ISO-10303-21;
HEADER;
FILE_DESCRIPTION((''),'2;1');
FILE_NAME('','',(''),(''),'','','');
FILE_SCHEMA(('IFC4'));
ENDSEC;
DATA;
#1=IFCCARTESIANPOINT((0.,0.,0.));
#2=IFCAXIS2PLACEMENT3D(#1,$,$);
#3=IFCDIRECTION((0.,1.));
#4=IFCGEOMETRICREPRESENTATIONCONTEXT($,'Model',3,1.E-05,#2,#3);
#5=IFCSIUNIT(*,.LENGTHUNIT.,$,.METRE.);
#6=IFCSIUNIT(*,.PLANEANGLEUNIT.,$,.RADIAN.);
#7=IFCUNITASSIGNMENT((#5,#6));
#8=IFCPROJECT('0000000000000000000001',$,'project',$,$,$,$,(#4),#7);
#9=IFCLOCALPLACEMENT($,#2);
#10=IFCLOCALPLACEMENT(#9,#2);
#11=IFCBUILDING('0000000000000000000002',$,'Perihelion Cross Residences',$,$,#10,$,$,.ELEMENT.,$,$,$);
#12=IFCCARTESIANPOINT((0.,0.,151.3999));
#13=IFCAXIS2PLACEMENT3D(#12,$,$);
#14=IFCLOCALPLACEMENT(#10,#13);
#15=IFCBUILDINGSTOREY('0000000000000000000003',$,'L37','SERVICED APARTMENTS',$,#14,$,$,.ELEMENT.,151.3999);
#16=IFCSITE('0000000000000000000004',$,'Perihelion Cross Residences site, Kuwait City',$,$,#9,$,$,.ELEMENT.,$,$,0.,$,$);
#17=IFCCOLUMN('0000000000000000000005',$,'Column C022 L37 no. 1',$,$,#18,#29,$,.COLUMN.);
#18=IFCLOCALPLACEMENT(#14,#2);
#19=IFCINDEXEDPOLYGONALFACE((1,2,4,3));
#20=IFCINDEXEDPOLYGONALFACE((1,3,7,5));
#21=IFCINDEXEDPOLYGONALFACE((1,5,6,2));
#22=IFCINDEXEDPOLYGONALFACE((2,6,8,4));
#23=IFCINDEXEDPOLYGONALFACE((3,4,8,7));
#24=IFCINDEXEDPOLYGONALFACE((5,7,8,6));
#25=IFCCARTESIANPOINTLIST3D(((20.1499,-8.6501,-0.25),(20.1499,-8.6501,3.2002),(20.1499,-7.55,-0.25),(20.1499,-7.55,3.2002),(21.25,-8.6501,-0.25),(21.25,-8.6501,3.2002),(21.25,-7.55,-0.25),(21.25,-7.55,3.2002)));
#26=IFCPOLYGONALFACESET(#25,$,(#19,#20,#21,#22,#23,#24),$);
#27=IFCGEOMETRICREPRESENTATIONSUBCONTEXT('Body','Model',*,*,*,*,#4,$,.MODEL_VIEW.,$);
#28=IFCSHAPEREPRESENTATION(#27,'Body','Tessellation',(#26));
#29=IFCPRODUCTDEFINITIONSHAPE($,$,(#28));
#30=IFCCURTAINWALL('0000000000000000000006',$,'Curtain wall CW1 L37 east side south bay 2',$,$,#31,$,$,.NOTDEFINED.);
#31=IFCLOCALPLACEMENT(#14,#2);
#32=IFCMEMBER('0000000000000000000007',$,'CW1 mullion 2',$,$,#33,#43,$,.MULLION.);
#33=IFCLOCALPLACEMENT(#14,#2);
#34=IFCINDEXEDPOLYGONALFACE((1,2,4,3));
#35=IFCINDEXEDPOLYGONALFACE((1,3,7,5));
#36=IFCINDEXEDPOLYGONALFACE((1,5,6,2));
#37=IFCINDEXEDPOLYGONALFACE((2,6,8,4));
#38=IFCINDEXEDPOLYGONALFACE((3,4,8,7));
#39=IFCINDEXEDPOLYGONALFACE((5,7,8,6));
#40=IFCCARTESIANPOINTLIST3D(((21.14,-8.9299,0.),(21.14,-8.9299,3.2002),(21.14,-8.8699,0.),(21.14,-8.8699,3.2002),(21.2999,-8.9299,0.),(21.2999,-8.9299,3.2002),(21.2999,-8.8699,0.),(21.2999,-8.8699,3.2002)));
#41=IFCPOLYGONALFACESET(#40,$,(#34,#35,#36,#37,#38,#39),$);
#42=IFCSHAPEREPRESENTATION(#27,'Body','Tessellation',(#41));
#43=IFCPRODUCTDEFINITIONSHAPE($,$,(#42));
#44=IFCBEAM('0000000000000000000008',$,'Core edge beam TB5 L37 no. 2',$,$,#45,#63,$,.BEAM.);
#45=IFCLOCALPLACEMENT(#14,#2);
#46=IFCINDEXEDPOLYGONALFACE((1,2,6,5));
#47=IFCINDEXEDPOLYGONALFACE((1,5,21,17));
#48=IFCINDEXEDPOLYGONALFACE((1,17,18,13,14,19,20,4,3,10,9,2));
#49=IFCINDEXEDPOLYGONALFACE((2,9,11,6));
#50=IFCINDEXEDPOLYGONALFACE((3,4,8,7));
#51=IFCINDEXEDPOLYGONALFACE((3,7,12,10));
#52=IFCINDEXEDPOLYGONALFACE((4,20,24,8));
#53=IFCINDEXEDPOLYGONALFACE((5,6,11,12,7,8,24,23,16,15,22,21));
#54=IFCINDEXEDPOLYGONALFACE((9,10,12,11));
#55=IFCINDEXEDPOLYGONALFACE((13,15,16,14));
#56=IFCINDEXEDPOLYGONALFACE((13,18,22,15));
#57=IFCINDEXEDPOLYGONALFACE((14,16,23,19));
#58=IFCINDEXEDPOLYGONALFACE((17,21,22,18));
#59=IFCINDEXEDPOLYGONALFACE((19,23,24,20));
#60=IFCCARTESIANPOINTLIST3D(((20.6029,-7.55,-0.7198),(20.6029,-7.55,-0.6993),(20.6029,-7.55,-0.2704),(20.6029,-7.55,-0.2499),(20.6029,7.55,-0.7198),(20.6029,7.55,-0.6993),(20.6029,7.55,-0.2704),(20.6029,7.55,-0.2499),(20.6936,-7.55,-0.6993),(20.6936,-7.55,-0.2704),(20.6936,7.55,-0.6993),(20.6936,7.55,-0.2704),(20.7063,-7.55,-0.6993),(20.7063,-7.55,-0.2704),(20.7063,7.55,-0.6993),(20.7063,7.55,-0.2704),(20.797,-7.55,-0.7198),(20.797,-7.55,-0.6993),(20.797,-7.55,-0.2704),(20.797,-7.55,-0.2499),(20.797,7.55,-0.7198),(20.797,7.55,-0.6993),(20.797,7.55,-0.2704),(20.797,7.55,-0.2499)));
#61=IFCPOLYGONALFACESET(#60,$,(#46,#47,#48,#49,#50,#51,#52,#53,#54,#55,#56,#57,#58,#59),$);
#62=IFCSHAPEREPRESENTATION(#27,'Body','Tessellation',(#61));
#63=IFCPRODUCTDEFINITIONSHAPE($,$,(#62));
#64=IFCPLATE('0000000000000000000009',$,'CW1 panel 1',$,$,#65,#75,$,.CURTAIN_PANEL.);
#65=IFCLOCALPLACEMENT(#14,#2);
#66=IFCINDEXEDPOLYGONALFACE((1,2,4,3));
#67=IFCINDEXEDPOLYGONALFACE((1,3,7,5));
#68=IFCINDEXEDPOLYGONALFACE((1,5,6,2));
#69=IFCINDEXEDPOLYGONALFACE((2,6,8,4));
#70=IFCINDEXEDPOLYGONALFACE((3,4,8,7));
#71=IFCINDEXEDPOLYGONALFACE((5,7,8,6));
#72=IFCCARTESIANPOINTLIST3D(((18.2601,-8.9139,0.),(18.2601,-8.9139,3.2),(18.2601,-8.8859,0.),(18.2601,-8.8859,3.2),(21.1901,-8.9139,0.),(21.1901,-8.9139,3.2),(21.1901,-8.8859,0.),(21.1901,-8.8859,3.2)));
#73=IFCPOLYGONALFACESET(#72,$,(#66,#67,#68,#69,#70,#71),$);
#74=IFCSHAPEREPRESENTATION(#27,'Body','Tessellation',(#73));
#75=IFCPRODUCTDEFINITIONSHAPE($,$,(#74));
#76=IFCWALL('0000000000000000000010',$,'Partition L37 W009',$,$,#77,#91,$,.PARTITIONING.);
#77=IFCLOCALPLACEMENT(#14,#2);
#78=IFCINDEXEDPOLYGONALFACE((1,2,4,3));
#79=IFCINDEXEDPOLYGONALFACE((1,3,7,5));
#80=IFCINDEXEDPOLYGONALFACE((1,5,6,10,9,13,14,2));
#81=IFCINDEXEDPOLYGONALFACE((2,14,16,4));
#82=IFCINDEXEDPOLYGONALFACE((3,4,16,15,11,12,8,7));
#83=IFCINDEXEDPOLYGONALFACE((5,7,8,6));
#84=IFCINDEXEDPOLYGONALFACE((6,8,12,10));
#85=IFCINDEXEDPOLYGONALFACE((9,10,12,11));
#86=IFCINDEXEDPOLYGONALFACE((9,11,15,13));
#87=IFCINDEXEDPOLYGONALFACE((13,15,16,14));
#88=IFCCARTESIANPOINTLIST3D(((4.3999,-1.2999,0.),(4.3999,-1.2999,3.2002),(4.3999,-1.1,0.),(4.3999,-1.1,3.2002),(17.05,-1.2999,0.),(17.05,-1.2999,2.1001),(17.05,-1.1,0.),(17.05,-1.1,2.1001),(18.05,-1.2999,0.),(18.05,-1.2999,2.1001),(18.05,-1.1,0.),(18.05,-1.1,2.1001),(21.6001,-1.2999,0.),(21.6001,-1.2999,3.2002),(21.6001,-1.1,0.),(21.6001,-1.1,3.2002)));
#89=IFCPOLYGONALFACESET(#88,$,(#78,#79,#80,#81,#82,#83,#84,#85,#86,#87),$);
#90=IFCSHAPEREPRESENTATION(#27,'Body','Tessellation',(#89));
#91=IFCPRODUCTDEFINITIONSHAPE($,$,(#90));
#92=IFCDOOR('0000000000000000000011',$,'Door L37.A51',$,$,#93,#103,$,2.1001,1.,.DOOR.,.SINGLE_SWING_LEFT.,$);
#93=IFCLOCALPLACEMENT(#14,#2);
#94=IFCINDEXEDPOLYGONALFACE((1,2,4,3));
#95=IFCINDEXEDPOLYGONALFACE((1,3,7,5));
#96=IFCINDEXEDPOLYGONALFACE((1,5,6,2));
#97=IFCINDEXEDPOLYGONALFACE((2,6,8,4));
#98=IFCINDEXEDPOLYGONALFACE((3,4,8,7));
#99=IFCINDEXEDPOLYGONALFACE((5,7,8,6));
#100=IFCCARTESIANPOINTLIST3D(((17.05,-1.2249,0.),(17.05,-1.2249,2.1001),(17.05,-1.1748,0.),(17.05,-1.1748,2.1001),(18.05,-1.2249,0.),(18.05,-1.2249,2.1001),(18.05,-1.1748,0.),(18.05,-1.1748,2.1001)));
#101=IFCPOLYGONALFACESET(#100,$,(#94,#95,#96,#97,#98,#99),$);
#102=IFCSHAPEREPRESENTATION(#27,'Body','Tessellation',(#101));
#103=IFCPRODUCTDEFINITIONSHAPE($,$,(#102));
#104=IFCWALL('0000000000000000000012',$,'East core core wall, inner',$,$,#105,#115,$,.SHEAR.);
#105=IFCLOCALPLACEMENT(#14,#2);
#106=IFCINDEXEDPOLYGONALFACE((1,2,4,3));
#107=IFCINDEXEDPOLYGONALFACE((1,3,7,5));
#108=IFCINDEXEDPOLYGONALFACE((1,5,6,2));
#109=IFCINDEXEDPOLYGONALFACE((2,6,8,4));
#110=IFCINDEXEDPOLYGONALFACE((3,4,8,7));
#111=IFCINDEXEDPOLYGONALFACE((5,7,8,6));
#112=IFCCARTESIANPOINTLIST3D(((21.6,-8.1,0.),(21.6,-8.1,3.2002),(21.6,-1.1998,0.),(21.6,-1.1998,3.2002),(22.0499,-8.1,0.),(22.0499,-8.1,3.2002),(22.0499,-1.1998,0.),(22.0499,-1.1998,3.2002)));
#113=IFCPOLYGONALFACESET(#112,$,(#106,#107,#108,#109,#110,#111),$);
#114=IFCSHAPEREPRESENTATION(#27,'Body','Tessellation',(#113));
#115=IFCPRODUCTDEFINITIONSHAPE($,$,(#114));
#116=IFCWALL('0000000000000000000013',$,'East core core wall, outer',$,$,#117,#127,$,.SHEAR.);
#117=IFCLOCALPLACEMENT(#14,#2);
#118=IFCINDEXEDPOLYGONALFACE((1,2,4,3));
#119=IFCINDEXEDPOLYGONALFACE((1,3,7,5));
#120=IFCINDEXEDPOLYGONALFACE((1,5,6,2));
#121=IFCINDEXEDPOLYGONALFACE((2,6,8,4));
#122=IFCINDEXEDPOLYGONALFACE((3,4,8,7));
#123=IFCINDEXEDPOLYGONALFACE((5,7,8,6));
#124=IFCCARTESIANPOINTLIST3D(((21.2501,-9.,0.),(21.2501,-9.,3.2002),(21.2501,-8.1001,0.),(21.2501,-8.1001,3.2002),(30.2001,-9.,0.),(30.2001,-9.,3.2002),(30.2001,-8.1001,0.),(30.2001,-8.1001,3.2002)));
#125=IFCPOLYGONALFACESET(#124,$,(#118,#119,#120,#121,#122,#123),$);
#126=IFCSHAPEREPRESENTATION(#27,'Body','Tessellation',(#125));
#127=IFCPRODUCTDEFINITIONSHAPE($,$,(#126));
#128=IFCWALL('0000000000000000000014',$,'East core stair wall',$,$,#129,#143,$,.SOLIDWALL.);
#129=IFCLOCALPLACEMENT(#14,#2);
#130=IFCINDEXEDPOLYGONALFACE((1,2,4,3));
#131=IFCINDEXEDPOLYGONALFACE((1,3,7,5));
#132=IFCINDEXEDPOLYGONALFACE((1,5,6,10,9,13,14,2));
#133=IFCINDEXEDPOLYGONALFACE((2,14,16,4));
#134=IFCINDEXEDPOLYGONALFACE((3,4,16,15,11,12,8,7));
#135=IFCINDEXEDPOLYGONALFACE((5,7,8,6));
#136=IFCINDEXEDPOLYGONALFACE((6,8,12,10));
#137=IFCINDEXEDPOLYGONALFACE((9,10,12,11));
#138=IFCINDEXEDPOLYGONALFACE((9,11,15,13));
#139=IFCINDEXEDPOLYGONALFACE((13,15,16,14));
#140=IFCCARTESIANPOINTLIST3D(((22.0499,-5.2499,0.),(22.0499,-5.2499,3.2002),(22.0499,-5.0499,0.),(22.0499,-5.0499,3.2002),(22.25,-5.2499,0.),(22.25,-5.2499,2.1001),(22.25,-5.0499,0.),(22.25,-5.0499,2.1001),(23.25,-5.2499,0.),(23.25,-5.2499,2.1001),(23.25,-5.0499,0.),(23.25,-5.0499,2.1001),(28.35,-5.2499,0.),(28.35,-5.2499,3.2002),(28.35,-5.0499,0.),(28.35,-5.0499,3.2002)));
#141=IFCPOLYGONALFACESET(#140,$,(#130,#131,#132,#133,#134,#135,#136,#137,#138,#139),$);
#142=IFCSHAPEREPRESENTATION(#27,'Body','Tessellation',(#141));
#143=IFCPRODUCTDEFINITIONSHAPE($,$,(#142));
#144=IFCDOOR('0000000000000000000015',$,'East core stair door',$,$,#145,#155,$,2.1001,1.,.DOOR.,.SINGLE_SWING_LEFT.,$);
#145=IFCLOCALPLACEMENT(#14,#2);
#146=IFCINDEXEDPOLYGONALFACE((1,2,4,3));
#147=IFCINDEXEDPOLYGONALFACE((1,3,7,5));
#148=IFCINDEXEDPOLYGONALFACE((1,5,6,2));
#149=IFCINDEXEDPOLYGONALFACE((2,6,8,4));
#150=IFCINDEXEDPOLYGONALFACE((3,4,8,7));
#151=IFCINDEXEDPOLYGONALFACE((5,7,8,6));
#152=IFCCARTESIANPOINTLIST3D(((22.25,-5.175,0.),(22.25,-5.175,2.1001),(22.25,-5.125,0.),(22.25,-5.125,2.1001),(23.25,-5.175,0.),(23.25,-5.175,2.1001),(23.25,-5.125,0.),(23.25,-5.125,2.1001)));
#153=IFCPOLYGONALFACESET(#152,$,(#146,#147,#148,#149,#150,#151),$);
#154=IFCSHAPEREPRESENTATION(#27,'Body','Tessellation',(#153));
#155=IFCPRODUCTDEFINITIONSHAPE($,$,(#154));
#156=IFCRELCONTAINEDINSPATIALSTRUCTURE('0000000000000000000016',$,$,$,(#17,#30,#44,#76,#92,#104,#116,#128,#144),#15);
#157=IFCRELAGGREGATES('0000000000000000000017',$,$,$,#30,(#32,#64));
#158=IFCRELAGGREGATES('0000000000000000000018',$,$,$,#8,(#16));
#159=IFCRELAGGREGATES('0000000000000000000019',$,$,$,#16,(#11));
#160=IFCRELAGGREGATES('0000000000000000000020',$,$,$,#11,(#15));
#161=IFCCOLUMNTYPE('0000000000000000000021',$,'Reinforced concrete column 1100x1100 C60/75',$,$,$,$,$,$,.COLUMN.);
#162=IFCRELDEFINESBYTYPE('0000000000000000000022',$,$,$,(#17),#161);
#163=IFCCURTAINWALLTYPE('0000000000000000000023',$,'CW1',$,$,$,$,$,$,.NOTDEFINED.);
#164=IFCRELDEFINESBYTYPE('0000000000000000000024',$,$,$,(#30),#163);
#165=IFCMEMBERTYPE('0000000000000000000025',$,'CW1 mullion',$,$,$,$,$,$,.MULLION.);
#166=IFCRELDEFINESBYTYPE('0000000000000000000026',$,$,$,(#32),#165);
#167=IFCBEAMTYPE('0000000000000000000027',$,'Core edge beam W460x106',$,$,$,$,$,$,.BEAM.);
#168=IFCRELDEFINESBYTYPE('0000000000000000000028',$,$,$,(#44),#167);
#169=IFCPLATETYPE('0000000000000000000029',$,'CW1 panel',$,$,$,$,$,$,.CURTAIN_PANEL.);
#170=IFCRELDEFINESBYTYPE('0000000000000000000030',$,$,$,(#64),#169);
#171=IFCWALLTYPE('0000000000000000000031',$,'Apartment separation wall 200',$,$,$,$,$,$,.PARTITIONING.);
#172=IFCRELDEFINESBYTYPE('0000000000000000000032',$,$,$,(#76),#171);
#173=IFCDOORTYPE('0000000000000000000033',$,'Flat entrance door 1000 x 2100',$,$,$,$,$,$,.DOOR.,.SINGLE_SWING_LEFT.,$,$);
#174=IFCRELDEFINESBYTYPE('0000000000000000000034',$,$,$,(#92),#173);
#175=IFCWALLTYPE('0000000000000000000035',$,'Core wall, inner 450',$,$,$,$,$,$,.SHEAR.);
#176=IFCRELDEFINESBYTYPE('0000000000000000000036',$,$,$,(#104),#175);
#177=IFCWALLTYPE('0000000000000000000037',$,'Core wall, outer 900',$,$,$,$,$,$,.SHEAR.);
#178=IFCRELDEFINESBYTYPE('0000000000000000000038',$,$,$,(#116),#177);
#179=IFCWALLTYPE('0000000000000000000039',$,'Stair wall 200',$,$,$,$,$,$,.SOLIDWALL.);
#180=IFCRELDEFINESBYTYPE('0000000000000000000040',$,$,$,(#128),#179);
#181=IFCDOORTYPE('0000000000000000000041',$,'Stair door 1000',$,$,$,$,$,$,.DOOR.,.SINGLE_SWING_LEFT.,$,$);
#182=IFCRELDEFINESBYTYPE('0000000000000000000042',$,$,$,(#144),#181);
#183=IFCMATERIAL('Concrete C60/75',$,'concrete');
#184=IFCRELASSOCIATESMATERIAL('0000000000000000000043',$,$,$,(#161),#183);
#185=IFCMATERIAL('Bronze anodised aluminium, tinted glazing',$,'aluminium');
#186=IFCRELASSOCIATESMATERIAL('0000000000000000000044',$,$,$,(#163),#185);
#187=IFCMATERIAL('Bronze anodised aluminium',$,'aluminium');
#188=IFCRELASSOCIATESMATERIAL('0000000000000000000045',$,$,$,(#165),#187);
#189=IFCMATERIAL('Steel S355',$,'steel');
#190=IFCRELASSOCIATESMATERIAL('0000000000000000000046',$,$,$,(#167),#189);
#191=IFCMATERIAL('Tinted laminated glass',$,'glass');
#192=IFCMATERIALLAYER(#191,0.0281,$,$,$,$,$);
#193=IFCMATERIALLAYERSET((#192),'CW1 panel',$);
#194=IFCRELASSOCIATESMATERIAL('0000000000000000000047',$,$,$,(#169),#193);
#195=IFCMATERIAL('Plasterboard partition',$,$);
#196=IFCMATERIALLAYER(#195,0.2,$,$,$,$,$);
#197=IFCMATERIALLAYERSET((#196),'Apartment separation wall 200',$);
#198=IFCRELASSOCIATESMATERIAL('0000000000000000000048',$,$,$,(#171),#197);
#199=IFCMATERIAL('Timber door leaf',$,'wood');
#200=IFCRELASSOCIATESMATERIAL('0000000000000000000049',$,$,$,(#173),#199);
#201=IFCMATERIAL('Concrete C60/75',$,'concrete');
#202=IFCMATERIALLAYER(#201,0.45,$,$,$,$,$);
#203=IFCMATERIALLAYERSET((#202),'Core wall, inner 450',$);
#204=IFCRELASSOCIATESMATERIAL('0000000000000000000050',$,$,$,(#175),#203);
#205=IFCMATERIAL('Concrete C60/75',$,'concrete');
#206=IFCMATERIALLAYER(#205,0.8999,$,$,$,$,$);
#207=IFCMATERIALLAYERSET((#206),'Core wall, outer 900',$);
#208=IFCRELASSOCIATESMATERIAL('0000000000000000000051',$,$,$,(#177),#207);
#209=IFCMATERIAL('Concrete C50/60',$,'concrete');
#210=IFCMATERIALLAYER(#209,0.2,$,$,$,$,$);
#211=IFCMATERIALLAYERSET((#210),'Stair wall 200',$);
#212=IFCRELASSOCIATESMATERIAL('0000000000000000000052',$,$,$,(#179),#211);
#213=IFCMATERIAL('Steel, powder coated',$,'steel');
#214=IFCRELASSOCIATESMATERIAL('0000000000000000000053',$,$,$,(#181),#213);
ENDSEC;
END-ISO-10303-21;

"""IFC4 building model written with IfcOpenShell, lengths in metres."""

from ifc_helpers import new_model, si_unit, direction, frame, frame_2d, origin, origin_2d, place, context, subcontext, project, spatial, rectangle, i_section, extrude, material, layer, layer_set, material_profile, profile_set, type_object, element, fill, aggregate, save


model = new_model("IFC4")

# Units and contexts
model_context = context("Model", 3, precision=1e-05, world=origin(), true_north=direction((0.0, 1.0)))
body_context = subcontext(model_context, "Body", "Model", "MODEL_VIEW")
ifc_project = project(units=[si_unit("LENGTHUNIT", "METRE"), si_unit("PLANEANGLEUNIT", "RADIAN")], contexts=[model_context])

# Site, building, storey
site_placement = place(None, origin())
site = spatial("IfcSite", under=ifc_project, at=site_placement, Name="Perihelion Cross Residences site, Kuwait City", CompositionType="ELEMENT", RefElevation=0.0)
building_placement = place(site_placement, origin())
building = spatial("IfcBuilding", under=site, at=building_placement, Name="Perihelion Cross Residences", CompositionType="ELEMENT")
storey_placement = place(building_placement, frame((0.0, 0.0, 151.3999)))
storey = spatial("IfcBuildingStorey", under=building, at=storey_placement, Name="L37", Description="SERVICED APARTMENTS", CompositionType="ELEMENT", Elevation=151.3999)

# Column
ifc_material_1 = material(Name="Concrete C60/75", Category="concrete")
ifc_material_profile_1 = material_profile(ifc_material_1, rectangle(XDim=1.1001, YDim=1.1001, at=origin_2d()), Name="RC 1100x1100")
ifc_profile_set_1 = profile_set([ifc_material_profile_1], Name="Concrete C60/75")
column_type = type_object("IfcColumnType", Name="Reinforced concrete column 1100x1100 C60/75", PredefinedType="COLUMN", material=ifc_profile_set_1)
column_placement = place(storey_placement, frame((20.7, -8.1001, -0.25), z_axis=(0.0, 0.0, 1.0), x_axis=(1.0, 0.0, 0.0)))
element("IfcColumn", 1, at=column_placement, inside=storey, type_object=column_type, Name="Column C022 L37 no. 1", PredefinedType="COLUMN", context=body_context, shape_type="SweptSolid", body=[
    extrude(rectangle(XDim=1.1001, YDim=1.1001, at=origin_2d()), origin(), (0.0, 0.0, 1.0), 3.4502),
])

# Curtain wall, member
ifc_material_2 = material(Name="Bronze anodised aluminium, tinted glazing", Category="aluminium")
curtain_wall_type = type_object("IfcCurtainWallType", Name="CW1", PredefinedType="NOTDEFINED", material=ifc_material_2)
curtain_wall_placement = place(storey_placement, origin())
curtain_wall = element("IfcCurtainWall", 2, at=curtain_wall_placement, inside=storey, type_object=curtain_wall_type, Name="Curtain wall CW1 L37 east side south bay 2", PredefinedType="NOTDEFINED")
ifc_material_3 = material(Name="Bronze anodised aluminium", Category="aluminium")
ifc_material_profile_2 = material_profile(ifc_material_3, rectangle(XDim=0.0601, YDim=0.1599, at=origin_2d()), Name="CW1 mullion")
ifc_profile_set_2 = profile_set([ifc_material_profile_2], Name="Bronze anodised aluminium")
member_type = type_object("IfcMemberType", Name="CW1 mullion", PredefinedType="MULLION", material=ifc_profile_set_2)
member_placement = place(storey_placement, frame((21.22, -8.8999, 0.0), z_axis=(0.0, 0.0, 1.0), x_axis=(0.0, 1.0, 0.0)))
member = element("IfcMember", 3, at=member_placement, type_object=member_type, Name="CW1 mullion 2", PredefinedType="MULLION", context=body_context, shape_type="SweptSolid", body=[
    extrude(rectangle(XDim=0.0601, YDim=0.1599, at=origin_2d()), origin(), (0.0, 0.0, 1.0), 3.2002),
])

# Beam
ifc_material_4 = material(Name="Steel S355", Category="steel")
ifc_material_profile_3 = material_profile(ifc_material_4, i_section(OverallWidth=0.1941, OverallDepth=0.47, WebThickness=0.0127, FlangeThickness=0.0205, at=origin_2d()), Name="W460x106")
ifc_profile_set_3 = profile_set([ifc_material_profile_3], Name="Steel S355")
beam_type = type_object("IfcBeamType", Name="Core edge beam W460x106", PredefinedType="BEAM", material=ifc_profile_set_3)
beam_placement = place(storey_placement, frame((20.7, -7.55, -0.4849), z_axis=(0.0, 1.0, 0.0), x_axis=(-1.0, 0.0, 0.0)))
element("IfcBeam", 4, at=beam_placement, inside=storey, type_object=beam_type, Name="Core edge beam TB5 L37 no. 2", PredefinedType="BEAM", context=body_context, shape_type="SweptSolid", body=[
    extrude(i_section(OverallWidth=0.1941, OverallDepth=0.47, WebThickness=0.0127, FlangeThickness=0.0205, at=origin_2d()), origin(), (0.0, 0.0, 1.0), 15.1001),
])

# Plate
ifc_material_5 = material(Name="Tinted laminated glass", Category="glass")
ifc_layer_1 = layer(ifc_material_5, 0.0281)
ifc_layer_set_1 = layer_set([ifc_layer_1], Name="CW1 panel")
plate_type = type_object("IfcPlateType", Name="CW1 panel", PredefinedType="CURTAIN_PANEL", material=ifc_layer_set_1)
plate_placement = place(storey_placement, frame((19.7251, -8.8999, 0.0), z_axis=(0.0, 0.0, 1.0), x_axis=(1.0, 0.0, 0.0)))
plate = element("IfcPlate", 5, at=plate_placement, type_object=plate_type, Name="CW1 panel 1", PredefinedType="CURTAIN_PANEL", context=body_context, shape_type="SweptSolid", body=[
    extrude(rectangle(XDim=2.9299, YDim=0.0281, at=origin_2d()), origin(), (0.0, 0.0, 1.0), 3.2),
])
aggregate(curtain_wall, [member, plate])

# Wall, opening, door
ifc_material_6 = material(Name="Plasterboard partition")
ifc_layer_2 = layer(ifc_material_6, 0.2)
ifc_layer_set_2 = layer_set([ifc_layer_2], Name="Apartment separation wall 200")
wall_type_1 = type_object("IfcWallType", Name="Apartment separation wall 200", PredefinedType="PARTITIONING", material=ifc_layer_set_2)
wall_1_placement = place(storey_placement, frame((21.6001, -1.2, 0.0), z_axis=(0.0, 0.0, 1.0), x_axis=(-1.0, 0.0, 0.0)))
wall_1 = element("IfcWall", 6, at=wall_1_placement, inside=storey, type_object=wall_type_1, Name="Partition L37 W009", PredefinedType="PARTITIONING", context=body_context, shape_type="SweptSolid", body=[
    extrude(rectangle(XDim=17.2002, YDim=0.2, at=frame_2d((8.6001, 0.0))), origin(), (0.0, 0.0, 1.0), 3.2002),
])
opening_1_placement = place(wall_1_placement, frame((3.55, 0.0, 0.0)))
opening_1 = element("IfcOpeningElement", 7, at=opening_1_placement, cuts=wall_1, PredefinedType="OPENING", context=body_context, shape_type="SweptSolid", body=[
    extrude(rectangle(XDim=1.0, YDim=2.1001, at=frame_2d((0.5, 1.05))), frame((0.0, 0.1099, 0.0), z_axis=(0.0, -1.0, 0.0), x_axis=(1.0, 0.0, 0.0)), (0.0, 0.0, 1.0), 0.22),
])
ifc_material_7 = material(Name="Timber door leaf", Category="wood")
door_type_1 = type_object("IfcDoorType", Name="Flat entrance door 1000 x 2100", OperationType="SINGLE_SWING_LEFT", PredefinedType="DOOR", material=ifc_material_7)
door_1_placement = place(opening_1_placement, origin())
door_1 = element("IfcDoor", 8, at=door_1_placement, inside=storey, type_object=door_type_1, Name="Door L37.A51", OperationType="SINGLE_SWING_LEFT", OverallHeight=2.1001, OverallWidth=1.0, PredefinedType="DOOR", context=body_context, shape_type="SweptSolid", body=[
    extrude(rectangle(XDim=1.0, YDim=2.1001, at=frame_2d((0.5, 1.05))), frame((0.0, 0.0249, 0.0), z_axis=(0.0, -1.0, 0.0), x_axis=(1.0, 0.0, 0.0)), (0.0, 0.0, 1.0), 0.05),
])
fill(opening_1, door_1)

# Walls
ifc_material_8 = material(Name="Concrete C60/75", Category="concrete")
ifc_layer_3 = layer(ifc_material_8, 0.45)
ifc_layer_set_3 = layer_set([ifc_layer_3], Name="Core wall, inner 450")
wall_type_2 = type_object("IfcWallType", Name="Core wall, inner 450", PredefinedType="SHEAR", material=ifc_layer_set_3)
wall_2_placement = place(storey_placement, frame((21.825, -8.1001, 0.0), z_axis=(0.0, 0.0, 1.0), x_axis=(0.0, 1.0, 0.0)))
element("IfcWall", 9, at=wall_2_placement, inside=storey, type_object=wall_type_2, Name="East core core wall, inner", PredefinedType="SHEAR", context=body_context, shape_type="SweptSolid", body=[
    extrude(rectangle(XDim=6.9001, YDim=0.45, at=frame_2d((3.4502, 0.0))), origin(), (0.0, 0.0, 1.0), 3.2002),
])
ifc_material_9 = material(Name="Concrete C60/75", Category="concrete")
ifc_layer_4 = layer(ifc_material_9, 0.8999)
ifc_layer_set_4 = layer_set([ifc_layer_4], Name="Core wall, outer 900")
wall_type_3 = type_object("IfcWallType", Name="Core wall, outer 900", PredefinedType="SHEAR", material=ifc_layer_set_4)
wall_3_placement = place(storey_placement, frame((21.25, -8.55, 0.0), z_axis=(0.0, 0.0, 1.0), x_axis=(1.0, 0.0, 0.0)))
element("IfcWall", 10, at=wall_3_placement, inside=storey, type_object=wall_type_3, Name="East core core wall, outer", PredefinedType="SHEAR", context=body_context, shape_type="SweptSolid", body=[
    extrude(rectangle(XDim=8.95, YDim=0.8999, at=frame_2d((4.4751, 0.0))), origin(), (0.0, 0.0, 1.0), 3.2002),
])

# Wall, opening, door
ifc_material_10 = material(Name="Concrete C50/60", Category="concrete")
ifc_layer_5 = layer(ifc_material_10, 0.2)
ifc_layer_set_5 = layer_set([ifc_layer_5], Name="Stair wall 200")
wall_type_4 = type_object("IfcWallType", Name="Stair wall 200", PredefinedType="SOLIDWALL", material=ifc_layer_set_5)
wall_4_placement = place(storey_placement, frame((22.05, -5.1499, 0.0), z_axis=(0.0, 0.0, 1.0), x_axis=(1.0, 0.0, 0.0)))
wall_4 = element("IfcWall", 11, at=wall_4_placement, inside=storey, type_object=wall_type_4, Name="East core stair wall", PredefinedType="SOLIDWALL", context=body_context, shape_type="SweptSolid", body=[
    extrude(rectangle(XDim=6.3, YDim=0.2, at=frame_2d((3.1499, 0.0))), origin(), (0.0, 0.0, 1.0), 3.2002),
])
opening_2_placement = place(wall_4_placement, frame((0.2, 0.0, 0.0)))
opening_2 = element("IfcOpeningElement", 12, at=opening_2_placement, cuts=wall_4, PredefinedType="OPENING", context=body_context, shape_type="SweptSolid", body=[
    extrude(rectangle(XDim=1.0, YDim=2.1001, at=frame_2d((0.5, 1.05))), frame((0.0, 0.1099, 0.0), z_axis=(0.0, -1.0, 0.0), x_axis=(1.0, 0.0, 0.0)), (0.0, 0.0, 1.0), 0.22),
])
ifc_material_11 = material(Name="Steel, powder coated", Category="steel")
door_type_2 = type_object("IfcDoorType", Name="Stair door 1000", OperationType="SINGLE_SWING_LEFT", PredefinedType="DOOR", material=ifc_material_11)
door_2_placement = place(opening_2_placement, origin())
door_2 = element("IfcDoor", 13, at=door_2_placement, inside=storey, type_object=door_type_2, Name="East core stair door", OperationType="SINGLE_SWING_LEFT", OverallHeight=2.1001, OverallWidth=1.0, PredefinedType="DOOR", context=body_context, shape_type="SweptSolid", body=[
    extrude(rectangle(XDim=1.0, YDim=2.1001, at=frame_2d((0.5, 1.05))), frame((0.0, 0.0249, 0.0), z_axis=(0.0, -1.0, 0.0), x_axis=(1.0, 0.0, 0.0)), (0.0, 0.0, 1.0), 0.05),
])
fill(opening_2, door_2)

save(model, "model.ifc")
